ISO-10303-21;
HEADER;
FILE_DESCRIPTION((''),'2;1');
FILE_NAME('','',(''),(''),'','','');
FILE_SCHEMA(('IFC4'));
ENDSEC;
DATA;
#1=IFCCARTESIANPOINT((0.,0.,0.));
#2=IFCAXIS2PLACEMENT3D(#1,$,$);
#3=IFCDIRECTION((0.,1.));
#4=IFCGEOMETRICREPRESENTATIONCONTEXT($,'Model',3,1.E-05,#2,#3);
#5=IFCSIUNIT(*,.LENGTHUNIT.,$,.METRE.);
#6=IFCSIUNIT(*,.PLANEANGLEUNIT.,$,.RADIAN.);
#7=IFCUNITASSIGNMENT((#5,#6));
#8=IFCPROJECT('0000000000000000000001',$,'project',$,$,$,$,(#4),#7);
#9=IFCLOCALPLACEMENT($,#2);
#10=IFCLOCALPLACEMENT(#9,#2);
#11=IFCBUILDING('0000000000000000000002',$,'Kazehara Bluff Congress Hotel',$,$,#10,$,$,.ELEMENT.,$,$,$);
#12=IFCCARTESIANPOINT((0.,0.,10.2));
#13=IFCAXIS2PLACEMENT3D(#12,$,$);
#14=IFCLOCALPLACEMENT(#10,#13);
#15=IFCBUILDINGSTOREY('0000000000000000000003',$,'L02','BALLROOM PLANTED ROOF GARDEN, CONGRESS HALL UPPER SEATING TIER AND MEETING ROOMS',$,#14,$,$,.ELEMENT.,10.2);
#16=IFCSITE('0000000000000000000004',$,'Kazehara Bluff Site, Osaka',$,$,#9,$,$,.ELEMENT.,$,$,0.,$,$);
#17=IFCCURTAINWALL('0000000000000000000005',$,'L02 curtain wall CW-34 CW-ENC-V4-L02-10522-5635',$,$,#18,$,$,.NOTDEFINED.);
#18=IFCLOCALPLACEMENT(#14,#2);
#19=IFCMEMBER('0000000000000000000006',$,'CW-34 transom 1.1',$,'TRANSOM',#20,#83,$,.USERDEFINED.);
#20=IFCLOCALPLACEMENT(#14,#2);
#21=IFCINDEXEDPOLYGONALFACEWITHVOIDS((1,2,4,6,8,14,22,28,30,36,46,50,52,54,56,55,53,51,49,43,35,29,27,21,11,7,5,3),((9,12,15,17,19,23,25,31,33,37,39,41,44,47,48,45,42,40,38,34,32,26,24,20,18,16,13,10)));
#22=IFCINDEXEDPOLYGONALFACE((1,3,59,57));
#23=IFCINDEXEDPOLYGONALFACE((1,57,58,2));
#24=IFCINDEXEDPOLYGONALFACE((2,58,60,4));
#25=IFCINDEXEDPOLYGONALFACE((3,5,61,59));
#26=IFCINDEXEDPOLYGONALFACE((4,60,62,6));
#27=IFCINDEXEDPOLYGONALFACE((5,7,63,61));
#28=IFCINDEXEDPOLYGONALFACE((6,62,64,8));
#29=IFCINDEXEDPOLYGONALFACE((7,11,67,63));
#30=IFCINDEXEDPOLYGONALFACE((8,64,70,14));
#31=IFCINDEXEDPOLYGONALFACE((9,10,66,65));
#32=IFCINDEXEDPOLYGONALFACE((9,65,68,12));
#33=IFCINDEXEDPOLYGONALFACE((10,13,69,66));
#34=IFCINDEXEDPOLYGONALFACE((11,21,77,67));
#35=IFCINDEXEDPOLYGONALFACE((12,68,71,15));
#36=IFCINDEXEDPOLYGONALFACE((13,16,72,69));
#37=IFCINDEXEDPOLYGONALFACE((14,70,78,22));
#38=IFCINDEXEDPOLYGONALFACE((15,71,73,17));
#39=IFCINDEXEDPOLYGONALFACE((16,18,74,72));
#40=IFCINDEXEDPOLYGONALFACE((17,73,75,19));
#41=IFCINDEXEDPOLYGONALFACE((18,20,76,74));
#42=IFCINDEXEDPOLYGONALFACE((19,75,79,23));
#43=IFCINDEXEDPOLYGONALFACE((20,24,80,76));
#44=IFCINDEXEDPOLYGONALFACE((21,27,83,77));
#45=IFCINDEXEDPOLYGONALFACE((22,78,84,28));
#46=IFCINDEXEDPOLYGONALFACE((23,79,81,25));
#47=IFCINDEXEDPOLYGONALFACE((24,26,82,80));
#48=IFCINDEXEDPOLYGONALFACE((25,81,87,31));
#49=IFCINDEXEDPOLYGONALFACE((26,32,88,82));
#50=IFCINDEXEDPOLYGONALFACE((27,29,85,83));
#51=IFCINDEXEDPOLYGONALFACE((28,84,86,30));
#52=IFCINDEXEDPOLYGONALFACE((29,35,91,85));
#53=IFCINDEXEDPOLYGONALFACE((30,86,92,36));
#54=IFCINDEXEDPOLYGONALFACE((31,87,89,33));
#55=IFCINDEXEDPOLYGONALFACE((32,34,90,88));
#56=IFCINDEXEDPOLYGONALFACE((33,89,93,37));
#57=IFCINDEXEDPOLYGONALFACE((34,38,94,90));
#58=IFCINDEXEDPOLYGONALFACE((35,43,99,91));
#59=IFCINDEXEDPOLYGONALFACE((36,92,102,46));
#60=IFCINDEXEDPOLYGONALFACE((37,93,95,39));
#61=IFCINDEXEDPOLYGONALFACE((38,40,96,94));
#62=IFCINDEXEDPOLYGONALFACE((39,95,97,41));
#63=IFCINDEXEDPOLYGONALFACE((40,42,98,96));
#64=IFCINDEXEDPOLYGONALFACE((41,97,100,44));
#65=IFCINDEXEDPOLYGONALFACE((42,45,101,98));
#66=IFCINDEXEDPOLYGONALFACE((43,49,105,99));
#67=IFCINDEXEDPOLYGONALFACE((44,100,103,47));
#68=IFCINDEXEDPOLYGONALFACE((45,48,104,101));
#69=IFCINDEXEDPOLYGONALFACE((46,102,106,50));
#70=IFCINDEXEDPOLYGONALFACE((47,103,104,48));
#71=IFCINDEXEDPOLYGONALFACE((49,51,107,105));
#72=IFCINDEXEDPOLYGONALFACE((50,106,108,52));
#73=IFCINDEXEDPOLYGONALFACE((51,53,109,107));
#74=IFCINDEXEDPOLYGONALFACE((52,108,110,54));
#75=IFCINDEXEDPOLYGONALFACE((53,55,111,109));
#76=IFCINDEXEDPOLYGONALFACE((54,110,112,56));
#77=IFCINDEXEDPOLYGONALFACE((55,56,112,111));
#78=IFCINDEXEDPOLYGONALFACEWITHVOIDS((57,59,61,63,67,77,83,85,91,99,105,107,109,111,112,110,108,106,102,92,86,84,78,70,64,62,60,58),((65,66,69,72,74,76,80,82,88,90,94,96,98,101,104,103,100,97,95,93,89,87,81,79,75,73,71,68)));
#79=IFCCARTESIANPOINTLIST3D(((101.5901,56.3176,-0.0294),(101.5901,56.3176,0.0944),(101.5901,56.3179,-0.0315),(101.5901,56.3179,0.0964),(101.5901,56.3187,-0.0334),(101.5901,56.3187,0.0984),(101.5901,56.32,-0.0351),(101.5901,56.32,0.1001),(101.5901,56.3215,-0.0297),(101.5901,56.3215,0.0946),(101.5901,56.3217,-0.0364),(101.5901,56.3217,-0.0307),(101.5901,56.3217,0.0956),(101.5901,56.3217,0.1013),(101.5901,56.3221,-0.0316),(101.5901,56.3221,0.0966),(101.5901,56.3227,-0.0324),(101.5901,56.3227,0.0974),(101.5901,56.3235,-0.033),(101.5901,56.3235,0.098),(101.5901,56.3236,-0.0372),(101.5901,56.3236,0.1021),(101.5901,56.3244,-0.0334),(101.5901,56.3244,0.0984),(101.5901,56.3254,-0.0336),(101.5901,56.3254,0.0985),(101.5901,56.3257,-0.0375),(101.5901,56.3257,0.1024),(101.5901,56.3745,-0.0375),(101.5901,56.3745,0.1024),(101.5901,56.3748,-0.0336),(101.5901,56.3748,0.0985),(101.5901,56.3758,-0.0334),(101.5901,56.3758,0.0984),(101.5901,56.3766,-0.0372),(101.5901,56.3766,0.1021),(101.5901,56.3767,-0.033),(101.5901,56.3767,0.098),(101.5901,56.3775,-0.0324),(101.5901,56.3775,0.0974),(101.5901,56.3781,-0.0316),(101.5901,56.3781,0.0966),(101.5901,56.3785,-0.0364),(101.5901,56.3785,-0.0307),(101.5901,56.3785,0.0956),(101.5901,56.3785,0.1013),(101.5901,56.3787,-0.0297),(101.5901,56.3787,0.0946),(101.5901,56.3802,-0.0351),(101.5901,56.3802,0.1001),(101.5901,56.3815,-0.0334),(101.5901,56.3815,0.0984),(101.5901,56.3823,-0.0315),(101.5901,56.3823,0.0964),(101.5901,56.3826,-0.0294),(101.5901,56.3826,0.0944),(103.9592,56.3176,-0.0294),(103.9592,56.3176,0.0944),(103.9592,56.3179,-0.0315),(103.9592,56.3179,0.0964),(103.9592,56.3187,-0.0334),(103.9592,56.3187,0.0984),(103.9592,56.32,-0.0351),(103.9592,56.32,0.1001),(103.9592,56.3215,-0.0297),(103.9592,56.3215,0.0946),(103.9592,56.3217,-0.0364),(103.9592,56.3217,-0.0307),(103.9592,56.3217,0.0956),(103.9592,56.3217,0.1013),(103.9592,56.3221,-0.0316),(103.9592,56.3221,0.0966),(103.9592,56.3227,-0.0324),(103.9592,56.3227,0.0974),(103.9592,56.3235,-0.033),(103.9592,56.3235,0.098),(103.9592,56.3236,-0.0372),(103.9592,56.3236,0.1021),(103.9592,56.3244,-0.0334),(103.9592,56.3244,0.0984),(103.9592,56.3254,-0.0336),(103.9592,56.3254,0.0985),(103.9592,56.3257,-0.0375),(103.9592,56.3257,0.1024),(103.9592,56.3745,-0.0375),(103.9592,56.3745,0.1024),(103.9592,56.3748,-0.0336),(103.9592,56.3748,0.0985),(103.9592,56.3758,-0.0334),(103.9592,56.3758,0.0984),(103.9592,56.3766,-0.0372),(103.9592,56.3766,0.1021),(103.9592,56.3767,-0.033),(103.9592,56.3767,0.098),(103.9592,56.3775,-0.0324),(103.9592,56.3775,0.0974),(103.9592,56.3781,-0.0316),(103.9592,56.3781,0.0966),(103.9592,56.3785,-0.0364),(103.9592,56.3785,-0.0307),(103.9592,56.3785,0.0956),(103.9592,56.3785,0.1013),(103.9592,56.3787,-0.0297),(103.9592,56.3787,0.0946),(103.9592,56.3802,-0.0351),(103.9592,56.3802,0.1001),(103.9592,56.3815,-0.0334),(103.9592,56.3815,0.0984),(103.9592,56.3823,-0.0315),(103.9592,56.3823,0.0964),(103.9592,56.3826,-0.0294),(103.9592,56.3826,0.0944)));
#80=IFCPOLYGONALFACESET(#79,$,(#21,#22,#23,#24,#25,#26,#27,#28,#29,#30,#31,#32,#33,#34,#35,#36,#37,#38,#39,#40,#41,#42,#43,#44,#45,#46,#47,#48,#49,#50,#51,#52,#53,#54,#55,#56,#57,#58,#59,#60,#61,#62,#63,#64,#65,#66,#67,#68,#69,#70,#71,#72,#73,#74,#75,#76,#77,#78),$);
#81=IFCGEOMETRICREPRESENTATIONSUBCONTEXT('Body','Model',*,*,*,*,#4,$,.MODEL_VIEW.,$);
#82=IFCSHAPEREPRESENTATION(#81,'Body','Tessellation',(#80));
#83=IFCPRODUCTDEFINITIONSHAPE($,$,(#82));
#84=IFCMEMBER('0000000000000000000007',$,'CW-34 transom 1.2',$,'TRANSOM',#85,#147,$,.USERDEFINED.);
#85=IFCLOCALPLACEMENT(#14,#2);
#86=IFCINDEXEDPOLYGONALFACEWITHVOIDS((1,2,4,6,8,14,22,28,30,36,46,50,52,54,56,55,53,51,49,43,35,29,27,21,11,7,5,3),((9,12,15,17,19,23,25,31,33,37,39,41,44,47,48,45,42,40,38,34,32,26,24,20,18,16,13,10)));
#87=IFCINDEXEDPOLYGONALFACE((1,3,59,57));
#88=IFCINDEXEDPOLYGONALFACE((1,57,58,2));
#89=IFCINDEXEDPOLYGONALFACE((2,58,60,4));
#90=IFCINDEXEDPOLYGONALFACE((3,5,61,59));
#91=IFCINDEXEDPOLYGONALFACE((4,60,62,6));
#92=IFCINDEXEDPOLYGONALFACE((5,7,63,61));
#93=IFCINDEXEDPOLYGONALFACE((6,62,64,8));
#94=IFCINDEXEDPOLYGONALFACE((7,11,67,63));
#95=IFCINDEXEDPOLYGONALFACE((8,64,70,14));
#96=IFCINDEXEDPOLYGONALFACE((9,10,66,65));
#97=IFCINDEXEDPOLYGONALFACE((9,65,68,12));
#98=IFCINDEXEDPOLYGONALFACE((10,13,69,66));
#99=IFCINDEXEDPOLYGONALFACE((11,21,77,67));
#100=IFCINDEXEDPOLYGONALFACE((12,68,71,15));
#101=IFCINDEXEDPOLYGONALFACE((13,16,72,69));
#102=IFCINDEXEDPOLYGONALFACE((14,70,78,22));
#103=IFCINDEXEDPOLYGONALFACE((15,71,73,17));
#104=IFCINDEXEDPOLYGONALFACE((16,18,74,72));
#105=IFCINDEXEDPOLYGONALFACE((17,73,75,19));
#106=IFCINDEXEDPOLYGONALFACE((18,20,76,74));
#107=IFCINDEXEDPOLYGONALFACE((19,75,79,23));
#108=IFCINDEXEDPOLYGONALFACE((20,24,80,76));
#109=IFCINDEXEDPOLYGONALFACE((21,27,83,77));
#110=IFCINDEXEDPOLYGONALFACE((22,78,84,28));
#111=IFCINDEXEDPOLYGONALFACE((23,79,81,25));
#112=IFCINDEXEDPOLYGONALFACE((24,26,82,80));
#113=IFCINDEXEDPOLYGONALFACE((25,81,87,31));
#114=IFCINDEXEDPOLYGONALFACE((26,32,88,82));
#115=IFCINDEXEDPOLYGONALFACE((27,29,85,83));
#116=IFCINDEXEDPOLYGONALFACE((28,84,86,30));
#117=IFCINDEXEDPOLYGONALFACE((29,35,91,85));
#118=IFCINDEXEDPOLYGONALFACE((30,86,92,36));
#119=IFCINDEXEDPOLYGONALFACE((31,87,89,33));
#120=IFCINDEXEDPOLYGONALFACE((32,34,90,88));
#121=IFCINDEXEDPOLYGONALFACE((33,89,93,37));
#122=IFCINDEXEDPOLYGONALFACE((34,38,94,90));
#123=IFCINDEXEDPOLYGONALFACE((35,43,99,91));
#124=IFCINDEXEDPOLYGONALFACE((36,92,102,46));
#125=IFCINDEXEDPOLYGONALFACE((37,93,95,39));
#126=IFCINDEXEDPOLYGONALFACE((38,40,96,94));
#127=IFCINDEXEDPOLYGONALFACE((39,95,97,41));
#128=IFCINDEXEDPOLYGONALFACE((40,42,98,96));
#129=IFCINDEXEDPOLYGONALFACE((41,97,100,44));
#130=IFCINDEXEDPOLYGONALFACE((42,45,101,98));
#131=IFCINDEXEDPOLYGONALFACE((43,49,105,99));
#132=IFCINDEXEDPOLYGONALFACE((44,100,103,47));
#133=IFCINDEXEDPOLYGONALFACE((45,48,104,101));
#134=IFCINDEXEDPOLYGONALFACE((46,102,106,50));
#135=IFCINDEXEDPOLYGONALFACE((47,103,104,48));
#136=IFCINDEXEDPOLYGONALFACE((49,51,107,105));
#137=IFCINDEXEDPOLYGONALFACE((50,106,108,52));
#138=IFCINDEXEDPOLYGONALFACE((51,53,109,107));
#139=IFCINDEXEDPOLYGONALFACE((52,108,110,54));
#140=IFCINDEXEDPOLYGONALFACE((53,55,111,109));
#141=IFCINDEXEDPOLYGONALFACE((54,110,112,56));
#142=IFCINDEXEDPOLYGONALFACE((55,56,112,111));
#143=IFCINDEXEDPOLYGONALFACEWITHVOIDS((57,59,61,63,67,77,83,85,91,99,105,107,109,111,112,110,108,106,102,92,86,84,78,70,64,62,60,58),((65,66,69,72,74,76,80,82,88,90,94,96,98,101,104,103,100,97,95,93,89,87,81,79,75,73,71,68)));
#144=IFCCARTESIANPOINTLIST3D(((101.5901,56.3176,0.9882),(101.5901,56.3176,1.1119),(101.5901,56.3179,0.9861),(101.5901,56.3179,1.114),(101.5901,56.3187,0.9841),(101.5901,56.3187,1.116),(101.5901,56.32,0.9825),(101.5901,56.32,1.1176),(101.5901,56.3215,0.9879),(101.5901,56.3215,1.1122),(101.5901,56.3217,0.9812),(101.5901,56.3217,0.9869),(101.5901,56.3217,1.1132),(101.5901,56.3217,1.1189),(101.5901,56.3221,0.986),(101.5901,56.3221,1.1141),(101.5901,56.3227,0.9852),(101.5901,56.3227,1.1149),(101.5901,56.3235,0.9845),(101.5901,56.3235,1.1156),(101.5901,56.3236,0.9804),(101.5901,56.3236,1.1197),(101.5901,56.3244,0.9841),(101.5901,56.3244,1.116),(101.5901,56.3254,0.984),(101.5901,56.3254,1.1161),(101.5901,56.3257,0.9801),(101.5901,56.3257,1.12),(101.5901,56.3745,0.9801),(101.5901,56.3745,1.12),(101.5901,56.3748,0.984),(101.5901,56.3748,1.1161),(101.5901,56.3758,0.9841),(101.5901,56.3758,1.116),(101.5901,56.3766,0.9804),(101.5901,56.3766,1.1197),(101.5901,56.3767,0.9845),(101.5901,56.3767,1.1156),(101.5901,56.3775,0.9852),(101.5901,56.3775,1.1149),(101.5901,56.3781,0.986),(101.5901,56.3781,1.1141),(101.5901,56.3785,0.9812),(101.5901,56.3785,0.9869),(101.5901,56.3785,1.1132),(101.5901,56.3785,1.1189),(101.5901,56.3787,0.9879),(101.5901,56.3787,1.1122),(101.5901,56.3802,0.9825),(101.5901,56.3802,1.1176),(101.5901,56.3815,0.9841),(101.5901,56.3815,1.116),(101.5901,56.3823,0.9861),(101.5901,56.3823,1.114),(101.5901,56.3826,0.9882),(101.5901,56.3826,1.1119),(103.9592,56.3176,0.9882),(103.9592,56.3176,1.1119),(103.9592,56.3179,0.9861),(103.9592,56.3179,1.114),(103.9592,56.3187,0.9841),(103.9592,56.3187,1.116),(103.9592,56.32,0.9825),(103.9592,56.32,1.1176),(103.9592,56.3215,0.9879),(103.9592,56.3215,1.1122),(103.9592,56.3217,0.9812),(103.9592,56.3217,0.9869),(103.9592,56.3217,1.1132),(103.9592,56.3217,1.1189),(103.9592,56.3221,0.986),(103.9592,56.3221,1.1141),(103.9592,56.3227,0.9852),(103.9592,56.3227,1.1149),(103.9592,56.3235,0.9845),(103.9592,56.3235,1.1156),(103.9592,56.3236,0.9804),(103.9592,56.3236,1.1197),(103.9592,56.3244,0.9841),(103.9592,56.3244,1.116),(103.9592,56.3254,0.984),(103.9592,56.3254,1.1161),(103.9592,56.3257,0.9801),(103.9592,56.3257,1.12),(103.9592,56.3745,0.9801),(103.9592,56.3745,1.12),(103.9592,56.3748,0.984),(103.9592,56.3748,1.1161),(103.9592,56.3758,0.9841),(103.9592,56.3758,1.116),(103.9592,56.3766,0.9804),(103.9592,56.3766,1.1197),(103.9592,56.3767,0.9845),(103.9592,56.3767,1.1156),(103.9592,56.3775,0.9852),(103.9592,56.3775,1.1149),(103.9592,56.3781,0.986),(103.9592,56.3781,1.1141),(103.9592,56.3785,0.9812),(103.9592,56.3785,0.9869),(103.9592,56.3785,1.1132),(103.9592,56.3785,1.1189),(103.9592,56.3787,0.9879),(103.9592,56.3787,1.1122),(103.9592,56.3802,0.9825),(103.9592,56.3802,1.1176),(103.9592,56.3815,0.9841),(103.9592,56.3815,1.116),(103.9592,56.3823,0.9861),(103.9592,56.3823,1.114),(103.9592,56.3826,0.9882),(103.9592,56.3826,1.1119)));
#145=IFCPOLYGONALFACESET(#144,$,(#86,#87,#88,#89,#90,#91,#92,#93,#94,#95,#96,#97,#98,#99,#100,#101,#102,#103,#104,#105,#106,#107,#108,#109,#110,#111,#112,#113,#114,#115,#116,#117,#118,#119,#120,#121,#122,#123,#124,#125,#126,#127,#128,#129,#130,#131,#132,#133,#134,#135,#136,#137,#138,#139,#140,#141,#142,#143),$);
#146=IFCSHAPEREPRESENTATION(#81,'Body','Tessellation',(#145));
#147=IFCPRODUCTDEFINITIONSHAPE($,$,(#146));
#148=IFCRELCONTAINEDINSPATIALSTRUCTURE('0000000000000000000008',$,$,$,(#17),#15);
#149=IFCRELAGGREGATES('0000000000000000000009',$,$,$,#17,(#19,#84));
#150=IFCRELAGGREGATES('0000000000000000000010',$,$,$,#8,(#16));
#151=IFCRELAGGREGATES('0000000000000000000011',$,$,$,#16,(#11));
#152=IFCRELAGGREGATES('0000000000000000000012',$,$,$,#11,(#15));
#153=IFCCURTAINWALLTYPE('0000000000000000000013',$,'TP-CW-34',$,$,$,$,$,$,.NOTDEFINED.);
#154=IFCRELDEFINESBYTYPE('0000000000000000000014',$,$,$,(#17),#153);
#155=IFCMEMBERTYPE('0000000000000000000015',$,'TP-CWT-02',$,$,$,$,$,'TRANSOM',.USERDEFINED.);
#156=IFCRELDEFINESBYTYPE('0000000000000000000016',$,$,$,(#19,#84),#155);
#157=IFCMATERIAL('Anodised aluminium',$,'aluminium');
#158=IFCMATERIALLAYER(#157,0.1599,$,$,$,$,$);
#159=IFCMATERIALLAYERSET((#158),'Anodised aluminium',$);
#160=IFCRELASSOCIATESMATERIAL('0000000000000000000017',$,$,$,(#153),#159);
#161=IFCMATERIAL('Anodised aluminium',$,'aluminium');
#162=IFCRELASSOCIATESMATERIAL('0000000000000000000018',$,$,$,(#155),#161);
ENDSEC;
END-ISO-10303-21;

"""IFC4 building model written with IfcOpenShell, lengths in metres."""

from ifc_helpers import new_model, si_unit, direction, frame, origin, origin_2d, place, context, subcontext, project, spatial, hollow_rectangle, extrude, material, layer, layer_set, material_profile, profile_set, type_object, element, aggregate, save


model = new_model("IFC4")

# Units and contexts
model_context = context("Model", 3, precision=1e-05, world=origin(), true_north=direction((0.0, 1.0)))
body_context = subcontext(model_context, "Body", "Model", "MODEL_VIEW")
ifc_project = project(units=[si_unit("LENGTHUNIT", "METRE"), si_unit("PLANEANGLEUNIT", "RADIAN")], contexts=[model_context])

# Site, building, storey
site_placement = place(None, origin())
site = spatial("IfcSite", under=ifc_project, at=site_placement, Name="Kazehara Bluff Site, Osaka", CompositionType="ELEMENT", RefElevation=0.0)
building_placement = place(site_placement, origin())
building = spatial("IfcBuilding", under=site, at=building_placement, Name="Kazehara Bluff Congress Hotel", CompositionType="ELEMENT")
storey_placement = place(building_placement, frame((0.0, 0.0, 10.2)))
storey = spatial("IfcBuildingStorey", under=building, at=storey_placement, Name="L02", Description="BALLROOM PLANTED ROOF GARDEN, CONGRESS HALL UPPER SEATING TIER AND MEETING ROOMS", CompositionType="ELEMENT", Elevation=10.2)

# Curtain wall
ifc_material_1 = material(Name="Anodised aluminium", Category="aluminium")
ifc_layer_1 = layer(ifc_material_1, 0.1599)
ifc_layer_set_1 = layer_set([ifc_layer_1], Name="Anodised aluminium")
curtain_wall_type_1 = type_object("IfcCurtainWallType", Name="TP-CW-34", PredefinedType="NOTDEFINED", material=ifc_layer_set_1)
curtain_wall_1_placement = place(storey_placement, origin())
curtain_wall_1 = element("IfcCurtainWall", 1, at=curtain_wall_1_placement, inside=storey, type_object=curtain_wall_type_1, Name="L02 curtain wall CW-34 CW-ENC-V4-L02-10522-5635", PredefinedType="NOTDEFINED")

# Members
ifc_material_2 = material(Name="Anodised aluminium", Category="aluminium")
ifc_material_profile_1 = material_profile(ifc_material_2, hollow_rectangle(XDim=0.0649, YDim=0.1399, WallThickness=0.0039, InnerFilletRadius=0.0039, OuterFilletRadius=0.0081, at=origin_2d()))
ifc_profile_set_1 = profile_set([ifc_material_profile_1], Name="Anodised aluminium")
member_type_1 = type_object("IfcMemberType", Name="TP-CWT-02", ElementType="TRANSOM", PredefinedType="USERDEFINED", material=ifc_profile_set_1)
member_1_placement = place(storey_placement, frame((101.5901, 56.3501, 0.0325), z_axis=(1.0, 0.0, 0.0), x_axis=(0.0, 1.0, 0.0)))
member_1 = element("IfcMember", 2, at=member_1_placement, type_object=member_type_1, Name="CW-34 transom 1.1", ObjectType="TRANSOM", PredefinedType="USERDEFINED", context=body_context, shape_type="SweptSolid", body=[
    extrude(hollow_rectangle(XDim=0.0649, YDim=0.1399, WallThickness=0.0039, InnerFilletRadius=0.0039, OuterFilletRadius=0.0081, at=origin_2d()), origin(), (0.0, 0.0, 1.0), 2.3691),
])
member_2_placement = place(storey_placement, frame((101.5901, 56.3501, 1.05), z_axis=(1.0, 0.0, 0.0), x_axis=(0.0, 1.0, 0.0)))
member_2 = element("IfcMember", 3, at=member_2_placement, type_object=member_type_1, Name="CW-34 transom 1.2", ObjectType="TRANSOM", PredefinedType="USERDEFINED", context=body_context, shape_type="SweptSolid", body=[
    extrude(hollow_rectangle(XDim=0.0649, YDim=0.1399, WallThickness=0.0039, InnerFilletRadius=0.0039, OuterFilletRadius=0.0081, at=origin_2d()), origin(), (0.0, 0.0, 1.0), 2.3691),
])

aggregate(curtain_wall_1, [member_1, member_2])

save(model, "model.ifc")
